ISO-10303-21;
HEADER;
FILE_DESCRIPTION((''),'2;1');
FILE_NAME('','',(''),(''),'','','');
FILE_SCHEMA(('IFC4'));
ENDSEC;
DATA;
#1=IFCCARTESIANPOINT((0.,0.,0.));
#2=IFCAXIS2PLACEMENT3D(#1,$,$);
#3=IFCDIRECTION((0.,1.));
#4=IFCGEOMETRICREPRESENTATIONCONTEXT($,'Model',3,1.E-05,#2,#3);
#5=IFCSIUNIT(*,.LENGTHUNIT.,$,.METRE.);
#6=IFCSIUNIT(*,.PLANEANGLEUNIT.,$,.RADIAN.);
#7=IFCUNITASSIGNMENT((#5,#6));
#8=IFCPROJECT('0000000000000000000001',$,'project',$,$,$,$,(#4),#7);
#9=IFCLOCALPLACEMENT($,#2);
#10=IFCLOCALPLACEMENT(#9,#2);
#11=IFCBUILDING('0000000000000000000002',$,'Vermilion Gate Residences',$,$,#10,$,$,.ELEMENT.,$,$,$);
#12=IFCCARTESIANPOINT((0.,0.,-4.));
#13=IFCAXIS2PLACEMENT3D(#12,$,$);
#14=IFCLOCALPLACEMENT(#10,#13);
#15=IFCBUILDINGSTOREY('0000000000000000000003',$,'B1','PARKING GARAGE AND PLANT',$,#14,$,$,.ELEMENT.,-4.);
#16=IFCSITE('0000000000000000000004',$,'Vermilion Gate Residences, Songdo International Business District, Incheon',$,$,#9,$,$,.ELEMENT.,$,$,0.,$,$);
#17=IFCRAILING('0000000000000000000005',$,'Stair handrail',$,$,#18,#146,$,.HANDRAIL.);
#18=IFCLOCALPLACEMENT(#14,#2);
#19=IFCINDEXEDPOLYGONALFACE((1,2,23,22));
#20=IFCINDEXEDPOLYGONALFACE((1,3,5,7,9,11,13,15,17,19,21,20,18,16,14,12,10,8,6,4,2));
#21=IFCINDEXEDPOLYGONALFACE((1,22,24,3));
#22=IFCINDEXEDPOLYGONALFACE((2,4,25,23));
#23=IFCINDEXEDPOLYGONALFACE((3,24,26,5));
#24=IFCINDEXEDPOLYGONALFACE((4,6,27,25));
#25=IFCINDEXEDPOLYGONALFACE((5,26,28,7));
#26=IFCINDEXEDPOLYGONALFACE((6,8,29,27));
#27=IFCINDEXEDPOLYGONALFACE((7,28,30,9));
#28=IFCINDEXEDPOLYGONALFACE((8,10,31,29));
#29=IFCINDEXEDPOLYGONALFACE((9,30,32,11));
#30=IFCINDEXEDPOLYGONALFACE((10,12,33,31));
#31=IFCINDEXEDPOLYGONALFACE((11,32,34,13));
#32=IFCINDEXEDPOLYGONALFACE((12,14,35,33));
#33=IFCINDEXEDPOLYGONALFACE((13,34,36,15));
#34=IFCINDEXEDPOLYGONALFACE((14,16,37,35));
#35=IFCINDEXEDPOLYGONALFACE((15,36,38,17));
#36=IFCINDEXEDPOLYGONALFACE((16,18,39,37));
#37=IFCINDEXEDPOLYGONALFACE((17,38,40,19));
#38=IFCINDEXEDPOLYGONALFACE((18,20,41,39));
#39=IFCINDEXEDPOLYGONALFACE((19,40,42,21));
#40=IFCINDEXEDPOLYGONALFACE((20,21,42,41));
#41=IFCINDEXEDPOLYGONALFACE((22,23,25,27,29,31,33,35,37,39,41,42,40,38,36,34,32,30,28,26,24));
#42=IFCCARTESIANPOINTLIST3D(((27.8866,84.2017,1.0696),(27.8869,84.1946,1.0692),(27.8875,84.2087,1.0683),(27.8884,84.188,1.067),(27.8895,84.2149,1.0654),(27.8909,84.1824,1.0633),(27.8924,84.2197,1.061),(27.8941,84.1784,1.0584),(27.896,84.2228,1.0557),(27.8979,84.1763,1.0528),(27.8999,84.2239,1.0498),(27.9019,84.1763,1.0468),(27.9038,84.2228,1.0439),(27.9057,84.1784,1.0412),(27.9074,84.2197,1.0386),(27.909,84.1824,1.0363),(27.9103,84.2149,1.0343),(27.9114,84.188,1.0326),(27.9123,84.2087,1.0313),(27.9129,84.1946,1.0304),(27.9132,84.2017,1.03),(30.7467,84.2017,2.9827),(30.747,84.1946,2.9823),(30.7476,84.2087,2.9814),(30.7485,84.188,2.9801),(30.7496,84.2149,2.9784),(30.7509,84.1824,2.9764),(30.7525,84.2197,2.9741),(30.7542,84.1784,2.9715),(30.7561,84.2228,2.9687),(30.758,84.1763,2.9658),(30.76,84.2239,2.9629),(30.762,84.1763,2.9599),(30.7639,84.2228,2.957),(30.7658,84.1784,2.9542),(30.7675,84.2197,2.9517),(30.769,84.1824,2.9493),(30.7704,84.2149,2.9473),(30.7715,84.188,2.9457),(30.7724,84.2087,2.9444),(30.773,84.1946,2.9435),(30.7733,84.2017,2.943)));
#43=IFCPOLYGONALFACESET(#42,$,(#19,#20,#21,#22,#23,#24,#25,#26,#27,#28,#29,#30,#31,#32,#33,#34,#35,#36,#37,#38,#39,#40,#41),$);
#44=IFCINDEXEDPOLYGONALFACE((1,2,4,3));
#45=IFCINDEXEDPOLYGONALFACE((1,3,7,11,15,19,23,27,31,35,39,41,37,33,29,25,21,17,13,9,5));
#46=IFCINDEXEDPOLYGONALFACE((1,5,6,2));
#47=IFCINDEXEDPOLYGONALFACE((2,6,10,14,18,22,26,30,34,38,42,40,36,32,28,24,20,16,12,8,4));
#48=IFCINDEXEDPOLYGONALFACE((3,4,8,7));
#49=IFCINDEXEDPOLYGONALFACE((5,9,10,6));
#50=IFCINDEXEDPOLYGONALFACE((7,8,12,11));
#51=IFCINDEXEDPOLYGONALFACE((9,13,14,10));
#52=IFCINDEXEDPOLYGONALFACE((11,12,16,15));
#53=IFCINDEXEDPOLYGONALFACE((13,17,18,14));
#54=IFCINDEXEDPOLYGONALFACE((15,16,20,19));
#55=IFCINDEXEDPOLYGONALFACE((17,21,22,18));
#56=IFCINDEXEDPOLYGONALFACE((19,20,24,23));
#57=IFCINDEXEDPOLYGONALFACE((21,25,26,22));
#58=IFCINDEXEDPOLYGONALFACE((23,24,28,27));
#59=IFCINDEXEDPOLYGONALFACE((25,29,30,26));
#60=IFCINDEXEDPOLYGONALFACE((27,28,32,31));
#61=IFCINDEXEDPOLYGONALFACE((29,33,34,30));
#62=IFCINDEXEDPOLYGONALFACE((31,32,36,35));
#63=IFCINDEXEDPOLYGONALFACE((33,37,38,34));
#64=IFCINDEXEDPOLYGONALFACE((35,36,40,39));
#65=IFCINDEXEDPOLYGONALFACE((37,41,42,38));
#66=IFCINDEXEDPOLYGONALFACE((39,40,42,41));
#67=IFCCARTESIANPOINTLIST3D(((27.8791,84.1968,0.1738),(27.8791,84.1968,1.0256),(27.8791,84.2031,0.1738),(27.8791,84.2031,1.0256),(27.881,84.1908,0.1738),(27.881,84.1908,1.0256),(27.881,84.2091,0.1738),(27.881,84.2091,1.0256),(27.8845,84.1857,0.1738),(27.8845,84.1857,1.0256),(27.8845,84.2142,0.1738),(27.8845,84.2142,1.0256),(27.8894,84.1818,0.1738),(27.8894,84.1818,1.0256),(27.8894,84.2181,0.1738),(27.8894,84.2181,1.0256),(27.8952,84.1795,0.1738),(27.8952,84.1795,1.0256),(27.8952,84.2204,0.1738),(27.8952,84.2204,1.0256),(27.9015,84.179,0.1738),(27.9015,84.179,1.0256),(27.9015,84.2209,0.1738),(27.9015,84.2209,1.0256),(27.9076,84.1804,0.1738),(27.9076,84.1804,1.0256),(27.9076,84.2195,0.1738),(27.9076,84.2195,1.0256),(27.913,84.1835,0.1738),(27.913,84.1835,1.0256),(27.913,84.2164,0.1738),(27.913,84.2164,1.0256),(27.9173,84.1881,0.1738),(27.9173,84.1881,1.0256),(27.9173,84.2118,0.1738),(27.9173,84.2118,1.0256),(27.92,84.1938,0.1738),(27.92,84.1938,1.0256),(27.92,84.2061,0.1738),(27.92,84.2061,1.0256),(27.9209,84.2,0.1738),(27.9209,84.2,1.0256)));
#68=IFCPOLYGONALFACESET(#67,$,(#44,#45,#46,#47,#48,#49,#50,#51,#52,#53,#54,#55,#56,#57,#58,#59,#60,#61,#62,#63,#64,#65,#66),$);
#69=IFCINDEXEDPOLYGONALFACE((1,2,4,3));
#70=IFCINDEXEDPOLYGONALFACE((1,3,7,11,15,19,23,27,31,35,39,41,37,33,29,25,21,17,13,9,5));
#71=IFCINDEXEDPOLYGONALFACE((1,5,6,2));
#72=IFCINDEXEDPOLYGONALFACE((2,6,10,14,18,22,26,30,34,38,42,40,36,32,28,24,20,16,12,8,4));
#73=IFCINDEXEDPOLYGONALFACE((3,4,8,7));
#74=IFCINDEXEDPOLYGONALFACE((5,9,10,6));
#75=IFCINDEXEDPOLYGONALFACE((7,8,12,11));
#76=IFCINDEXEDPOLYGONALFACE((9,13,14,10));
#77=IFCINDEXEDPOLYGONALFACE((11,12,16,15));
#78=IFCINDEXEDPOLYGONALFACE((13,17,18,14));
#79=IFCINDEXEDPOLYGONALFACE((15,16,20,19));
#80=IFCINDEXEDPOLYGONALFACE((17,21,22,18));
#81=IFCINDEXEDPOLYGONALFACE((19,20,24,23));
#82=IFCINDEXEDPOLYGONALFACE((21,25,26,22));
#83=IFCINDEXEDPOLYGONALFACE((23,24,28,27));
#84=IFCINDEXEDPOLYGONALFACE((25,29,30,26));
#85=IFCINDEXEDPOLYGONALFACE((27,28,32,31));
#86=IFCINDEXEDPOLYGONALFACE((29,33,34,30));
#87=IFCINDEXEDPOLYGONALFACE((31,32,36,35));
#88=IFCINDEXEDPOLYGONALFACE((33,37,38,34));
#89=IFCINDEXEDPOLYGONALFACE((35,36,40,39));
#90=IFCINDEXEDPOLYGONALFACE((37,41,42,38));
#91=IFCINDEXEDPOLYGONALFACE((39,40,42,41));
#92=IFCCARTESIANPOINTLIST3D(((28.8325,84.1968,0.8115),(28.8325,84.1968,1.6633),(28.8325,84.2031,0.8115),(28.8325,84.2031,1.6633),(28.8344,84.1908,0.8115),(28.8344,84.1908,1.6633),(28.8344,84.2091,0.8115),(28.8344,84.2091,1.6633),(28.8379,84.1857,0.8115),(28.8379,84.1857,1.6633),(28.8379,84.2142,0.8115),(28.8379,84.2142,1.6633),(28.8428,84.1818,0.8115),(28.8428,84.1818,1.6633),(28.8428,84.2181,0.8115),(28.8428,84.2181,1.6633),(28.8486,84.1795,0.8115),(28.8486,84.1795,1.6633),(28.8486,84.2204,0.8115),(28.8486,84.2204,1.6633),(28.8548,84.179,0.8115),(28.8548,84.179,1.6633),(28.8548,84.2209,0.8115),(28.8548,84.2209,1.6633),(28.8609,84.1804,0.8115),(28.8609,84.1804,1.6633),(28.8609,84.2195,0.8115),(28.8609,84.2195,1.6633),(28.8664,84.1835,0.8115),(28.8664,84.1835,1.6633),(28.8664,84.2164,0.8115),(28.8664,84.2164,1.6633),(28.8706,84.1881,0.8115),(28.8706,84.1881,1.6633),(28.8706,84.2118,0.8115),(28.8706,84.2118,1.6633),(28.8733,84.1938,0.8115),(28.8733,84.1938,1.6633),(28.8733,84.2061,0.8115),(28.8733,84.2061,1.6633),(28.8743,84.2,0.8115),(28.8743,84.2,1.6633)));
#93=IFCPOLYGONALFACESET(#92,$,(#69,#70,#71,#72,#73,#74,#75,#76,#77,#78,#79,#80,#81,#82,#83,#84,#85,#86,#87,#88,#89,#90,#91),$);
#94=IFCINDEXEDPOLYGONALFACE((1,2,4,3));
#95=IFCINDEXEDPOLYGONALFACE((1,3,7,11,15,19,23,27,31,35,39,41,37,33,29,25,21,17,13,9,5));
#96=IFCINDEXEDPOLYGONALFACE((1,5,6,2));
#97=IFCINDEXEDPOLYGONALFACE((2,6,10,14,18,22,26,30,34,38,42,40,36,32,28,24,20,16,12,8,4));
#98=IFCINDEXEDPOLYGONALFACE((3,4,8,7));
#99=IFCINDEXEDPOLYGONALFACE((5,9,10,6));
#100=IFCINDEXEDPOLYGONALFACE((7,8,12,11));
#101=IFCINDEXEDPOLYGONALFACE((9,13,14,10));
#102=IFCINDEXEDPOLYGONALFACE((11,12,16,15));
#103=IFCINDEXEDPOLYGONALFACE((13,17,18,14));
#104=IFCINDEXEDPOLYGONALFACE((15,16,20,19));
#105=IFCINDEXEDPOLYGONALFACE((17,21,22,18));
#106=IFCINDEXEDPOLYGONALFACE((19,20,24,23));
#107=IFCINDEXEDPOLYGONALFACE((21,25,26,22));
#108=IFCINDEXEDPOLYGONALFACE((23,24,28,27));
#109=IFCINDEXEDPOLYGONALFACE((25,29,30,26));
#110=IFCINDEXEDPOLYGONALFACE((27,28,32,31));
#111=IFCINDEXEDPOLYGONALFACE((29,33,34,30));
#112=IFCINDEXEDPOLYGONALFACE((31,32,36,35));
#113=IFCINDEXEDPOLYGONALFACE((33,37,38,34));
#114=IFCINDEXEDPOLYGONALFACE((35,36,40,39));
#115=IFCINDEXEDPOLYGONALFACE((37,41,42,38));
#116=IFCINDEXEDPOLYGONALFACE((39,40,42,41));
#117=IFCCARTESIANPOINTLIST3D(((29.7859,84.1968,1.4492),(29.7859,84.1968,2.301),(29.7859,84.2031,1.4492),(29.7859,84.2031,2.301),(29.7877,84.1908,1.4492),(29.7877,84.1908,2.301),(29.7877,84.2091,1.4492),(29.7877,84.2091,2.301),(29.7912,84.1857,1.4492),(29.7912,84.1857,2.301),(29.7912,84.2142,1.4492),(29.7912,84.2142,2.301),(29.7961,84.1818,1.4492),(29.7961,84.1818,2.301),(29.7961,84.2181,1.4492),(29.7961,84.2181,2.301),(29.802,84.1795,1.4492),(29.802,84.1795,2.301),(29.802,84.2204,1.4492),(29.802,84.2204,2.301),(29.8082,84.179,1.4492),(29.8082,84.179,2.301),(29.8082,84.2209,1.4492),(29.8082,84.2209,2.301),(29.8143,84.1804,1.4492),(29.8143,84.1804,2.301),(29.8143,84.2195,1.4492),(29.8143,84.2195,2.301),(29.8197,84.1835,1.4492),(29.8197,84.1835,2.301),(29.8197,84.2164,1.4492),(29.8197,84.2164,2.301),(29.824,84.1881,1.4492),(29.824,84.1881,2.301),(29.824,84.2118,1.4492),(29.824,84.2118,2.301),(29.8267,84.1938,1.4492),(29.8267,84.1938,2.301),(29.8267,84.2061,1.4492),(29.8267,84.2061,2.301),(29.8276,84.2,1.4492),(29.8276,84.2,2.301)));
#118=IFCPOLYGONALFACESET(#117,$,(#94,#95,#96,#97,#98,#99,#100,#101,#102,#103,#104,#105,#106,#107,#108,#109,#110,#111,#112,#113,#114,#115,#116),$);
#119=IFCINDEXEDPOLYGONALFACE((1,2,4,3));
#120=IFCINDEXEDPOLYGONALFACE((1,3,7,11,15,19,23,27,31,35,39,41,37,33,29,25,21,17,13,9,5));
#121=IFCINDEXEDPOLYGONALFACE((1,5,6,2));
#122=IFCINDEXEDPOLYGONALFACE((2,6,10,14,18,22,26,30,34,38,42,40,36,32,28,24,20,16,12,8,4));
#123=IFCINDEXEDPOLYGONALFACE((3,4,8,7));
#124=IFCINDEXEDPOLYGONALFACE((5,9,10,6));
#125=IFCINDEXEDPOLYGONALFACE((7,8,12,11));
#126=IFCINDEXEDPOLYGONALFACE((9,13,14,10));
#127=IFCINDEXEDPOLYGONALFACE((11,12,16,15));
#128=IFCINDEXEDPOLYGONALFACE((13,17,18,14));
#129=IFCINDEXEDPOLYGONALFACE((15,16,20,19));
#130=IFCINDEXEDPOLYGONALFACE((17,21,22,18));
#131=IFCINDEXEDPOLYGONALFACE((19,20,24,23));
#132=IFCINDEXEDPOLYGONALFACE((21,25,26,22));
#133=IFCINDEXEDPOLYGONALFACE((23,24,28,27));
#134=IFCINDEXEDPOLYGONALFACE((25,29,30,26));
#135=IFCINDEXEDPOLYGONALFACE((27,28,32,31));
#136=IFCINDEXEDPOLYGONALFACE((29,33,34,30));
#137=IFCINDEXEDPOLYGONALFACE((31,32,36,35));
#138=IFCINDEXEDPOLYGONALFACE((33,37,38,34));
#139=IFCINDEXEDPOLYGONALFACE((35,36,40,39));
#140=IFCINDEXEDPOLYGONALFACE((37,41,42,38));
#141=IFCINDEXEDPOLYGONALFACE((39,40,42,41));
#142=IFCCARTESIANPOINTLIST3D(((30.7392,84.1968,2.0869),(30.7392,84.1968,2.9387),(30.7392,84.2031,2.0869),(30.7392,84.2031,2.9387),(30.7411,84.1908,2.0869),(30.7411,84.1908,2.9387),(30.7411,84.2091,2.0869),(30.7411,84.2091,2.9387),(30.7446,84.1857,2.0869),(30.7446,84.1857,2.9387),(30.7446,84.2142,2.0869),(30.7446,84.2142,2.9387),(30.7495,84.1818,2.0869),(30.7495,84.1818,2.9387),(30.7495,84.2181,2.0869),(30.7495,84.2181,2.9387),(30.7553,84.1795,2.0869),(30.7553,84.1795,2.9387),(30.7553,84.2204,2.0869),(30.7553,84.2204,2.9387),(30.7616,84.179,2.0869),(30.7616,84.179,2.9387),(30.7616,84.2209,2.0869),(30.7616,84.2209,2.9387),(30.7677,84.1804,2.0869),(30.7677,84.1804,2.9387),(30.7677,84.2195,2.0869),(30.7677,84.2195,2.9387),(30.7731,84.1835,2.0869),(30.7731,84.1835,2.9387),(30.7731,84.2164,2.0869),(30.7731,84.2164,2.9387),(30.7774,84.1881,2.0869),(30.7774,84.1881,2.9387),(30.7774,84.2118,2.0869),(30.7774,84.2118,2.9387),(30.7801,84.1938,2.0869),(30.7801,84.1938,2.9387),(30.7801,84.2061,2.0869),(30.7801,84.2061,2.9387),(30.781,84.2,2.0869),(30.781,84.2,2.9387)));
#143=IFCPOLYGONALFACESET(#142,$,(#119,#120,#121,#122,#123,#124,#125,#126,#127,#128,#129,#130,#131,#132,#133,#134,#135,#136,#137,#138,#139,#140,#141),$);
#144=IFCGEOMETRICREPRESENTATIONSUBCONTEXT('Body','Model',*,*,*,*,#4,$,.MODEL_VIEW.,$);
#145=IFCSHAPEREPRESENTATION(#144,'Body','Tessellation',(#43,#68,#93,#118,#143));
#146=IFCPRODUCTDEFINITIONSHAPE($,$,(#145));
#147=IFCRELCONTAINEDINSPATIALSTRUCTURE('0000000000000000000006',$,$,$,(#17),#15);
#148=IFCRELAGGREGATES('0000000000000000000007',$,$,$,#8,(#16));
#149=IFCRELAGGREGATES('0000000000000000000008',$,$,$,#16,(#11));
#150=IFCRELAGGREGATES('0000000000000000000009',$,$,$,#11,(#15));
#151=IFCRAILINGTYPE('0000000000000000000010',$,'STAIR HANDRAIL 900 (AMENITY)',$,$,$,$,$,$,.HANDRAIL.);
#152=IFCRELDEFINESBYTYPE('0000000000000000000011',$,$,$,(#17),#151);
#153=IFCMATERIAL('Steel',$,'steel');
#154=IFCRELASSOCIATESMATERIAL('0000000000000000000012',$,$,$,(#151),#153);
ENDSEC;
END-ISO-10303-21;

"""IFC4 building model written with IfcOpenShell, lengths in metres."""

from ifc_helpers import new_model, si_unit, direction, frame, origin, origin_2d, place, context, subcontext, project, spatial, circle, extrude, material, type_object, element, save


model = new_model("IFC4")

# Units and contexts
model_context = context("Model", 3, precision=1e-05, world=origin(), true_north=direction((0.0, 1.0)))
body_context = subcontext(model_context, "Body", "Model", "MODEL_VIEW")
ifc_project = project(units=[si_unit("LENGTHUNIT", "METRE"), si_unit("PLANEANGLEUNIT", "RADIAN")], contexts=[model_context])

# Site, building, storey
site_placement = place(None, origin())
site = spatial("IfcSite", under=ifc_project, at=site_placement, Name="Vermilion Gate Residences, Songdo International Business District, Incheon", CompositionType="ELEMENT", RefElevation=0.0)
building_placement = place(site_placement, origin())
building = spatial("IfcBuilding", under=site, at=building_placement, Name="Vermilion Gate Residences", CompositionType="ELEMENT")
storey_placement = place(building_placement, frame((0.0, 0.0, -4.0)))
storey = spatial("IfcBuildingStorey", under=building, at=storey_placement, Name="B1", Description="PARKING GARAGE AND PLANT", CompositionType="ELEMENT", Elevation=-4.0)

# Railing
ifc_material_1 = material(Name="Steel", Category="steel")
railing_type = type_object("IfcRailingType", Name="STAIR HANDRAIL 900 (AMENITY)", PredefinedType="HANDRAIL", material=ifc_material_1)
railing_placement = place(storey_placement, frame((27.8999, 84.2, 0.1738)))
element("IfcRailing", 1, at=railing_placement, inside=storey, type_object=railing_type, Name="Stair handrail", PredefinedType="HANDRAIL", context=body_context, shape_type="SweptSolid", body=[
    extrude(circle(Radius=0.0239, at=origin_2d()), frame((0.0, 0.0, 0.876), z_axis=(0.831198, 0.0, 0.555977), x_axis=(0.0, 1.0, 0.0)), (0.0, 0.0, 1.0), 3.4409),
    extrude(circle(Radius=0.021, at=origin_2d()), origin(), (0.0, 0.0, 1.0), 0.8518),
    extrude(circle(Radius=0.021, at=origin_2d()), frame((0.9534, 0.0, 0.6377)), (0.0, 0.0, 1.0), 0.8518),
    extrude(circle(Radius=0.021, at=origin_2d()), frame((1.9067, 0.0, 1.2754)), (0.0, 0.0, 1.0), 0.8518),
    extrude(circle(Radius=0.021, at=origin_2d()), frame((2.8601, 0.0, 1.9131)), (0.0, 0.0, 1.0), 0.8518),
])

save(model, "model.ifc")
